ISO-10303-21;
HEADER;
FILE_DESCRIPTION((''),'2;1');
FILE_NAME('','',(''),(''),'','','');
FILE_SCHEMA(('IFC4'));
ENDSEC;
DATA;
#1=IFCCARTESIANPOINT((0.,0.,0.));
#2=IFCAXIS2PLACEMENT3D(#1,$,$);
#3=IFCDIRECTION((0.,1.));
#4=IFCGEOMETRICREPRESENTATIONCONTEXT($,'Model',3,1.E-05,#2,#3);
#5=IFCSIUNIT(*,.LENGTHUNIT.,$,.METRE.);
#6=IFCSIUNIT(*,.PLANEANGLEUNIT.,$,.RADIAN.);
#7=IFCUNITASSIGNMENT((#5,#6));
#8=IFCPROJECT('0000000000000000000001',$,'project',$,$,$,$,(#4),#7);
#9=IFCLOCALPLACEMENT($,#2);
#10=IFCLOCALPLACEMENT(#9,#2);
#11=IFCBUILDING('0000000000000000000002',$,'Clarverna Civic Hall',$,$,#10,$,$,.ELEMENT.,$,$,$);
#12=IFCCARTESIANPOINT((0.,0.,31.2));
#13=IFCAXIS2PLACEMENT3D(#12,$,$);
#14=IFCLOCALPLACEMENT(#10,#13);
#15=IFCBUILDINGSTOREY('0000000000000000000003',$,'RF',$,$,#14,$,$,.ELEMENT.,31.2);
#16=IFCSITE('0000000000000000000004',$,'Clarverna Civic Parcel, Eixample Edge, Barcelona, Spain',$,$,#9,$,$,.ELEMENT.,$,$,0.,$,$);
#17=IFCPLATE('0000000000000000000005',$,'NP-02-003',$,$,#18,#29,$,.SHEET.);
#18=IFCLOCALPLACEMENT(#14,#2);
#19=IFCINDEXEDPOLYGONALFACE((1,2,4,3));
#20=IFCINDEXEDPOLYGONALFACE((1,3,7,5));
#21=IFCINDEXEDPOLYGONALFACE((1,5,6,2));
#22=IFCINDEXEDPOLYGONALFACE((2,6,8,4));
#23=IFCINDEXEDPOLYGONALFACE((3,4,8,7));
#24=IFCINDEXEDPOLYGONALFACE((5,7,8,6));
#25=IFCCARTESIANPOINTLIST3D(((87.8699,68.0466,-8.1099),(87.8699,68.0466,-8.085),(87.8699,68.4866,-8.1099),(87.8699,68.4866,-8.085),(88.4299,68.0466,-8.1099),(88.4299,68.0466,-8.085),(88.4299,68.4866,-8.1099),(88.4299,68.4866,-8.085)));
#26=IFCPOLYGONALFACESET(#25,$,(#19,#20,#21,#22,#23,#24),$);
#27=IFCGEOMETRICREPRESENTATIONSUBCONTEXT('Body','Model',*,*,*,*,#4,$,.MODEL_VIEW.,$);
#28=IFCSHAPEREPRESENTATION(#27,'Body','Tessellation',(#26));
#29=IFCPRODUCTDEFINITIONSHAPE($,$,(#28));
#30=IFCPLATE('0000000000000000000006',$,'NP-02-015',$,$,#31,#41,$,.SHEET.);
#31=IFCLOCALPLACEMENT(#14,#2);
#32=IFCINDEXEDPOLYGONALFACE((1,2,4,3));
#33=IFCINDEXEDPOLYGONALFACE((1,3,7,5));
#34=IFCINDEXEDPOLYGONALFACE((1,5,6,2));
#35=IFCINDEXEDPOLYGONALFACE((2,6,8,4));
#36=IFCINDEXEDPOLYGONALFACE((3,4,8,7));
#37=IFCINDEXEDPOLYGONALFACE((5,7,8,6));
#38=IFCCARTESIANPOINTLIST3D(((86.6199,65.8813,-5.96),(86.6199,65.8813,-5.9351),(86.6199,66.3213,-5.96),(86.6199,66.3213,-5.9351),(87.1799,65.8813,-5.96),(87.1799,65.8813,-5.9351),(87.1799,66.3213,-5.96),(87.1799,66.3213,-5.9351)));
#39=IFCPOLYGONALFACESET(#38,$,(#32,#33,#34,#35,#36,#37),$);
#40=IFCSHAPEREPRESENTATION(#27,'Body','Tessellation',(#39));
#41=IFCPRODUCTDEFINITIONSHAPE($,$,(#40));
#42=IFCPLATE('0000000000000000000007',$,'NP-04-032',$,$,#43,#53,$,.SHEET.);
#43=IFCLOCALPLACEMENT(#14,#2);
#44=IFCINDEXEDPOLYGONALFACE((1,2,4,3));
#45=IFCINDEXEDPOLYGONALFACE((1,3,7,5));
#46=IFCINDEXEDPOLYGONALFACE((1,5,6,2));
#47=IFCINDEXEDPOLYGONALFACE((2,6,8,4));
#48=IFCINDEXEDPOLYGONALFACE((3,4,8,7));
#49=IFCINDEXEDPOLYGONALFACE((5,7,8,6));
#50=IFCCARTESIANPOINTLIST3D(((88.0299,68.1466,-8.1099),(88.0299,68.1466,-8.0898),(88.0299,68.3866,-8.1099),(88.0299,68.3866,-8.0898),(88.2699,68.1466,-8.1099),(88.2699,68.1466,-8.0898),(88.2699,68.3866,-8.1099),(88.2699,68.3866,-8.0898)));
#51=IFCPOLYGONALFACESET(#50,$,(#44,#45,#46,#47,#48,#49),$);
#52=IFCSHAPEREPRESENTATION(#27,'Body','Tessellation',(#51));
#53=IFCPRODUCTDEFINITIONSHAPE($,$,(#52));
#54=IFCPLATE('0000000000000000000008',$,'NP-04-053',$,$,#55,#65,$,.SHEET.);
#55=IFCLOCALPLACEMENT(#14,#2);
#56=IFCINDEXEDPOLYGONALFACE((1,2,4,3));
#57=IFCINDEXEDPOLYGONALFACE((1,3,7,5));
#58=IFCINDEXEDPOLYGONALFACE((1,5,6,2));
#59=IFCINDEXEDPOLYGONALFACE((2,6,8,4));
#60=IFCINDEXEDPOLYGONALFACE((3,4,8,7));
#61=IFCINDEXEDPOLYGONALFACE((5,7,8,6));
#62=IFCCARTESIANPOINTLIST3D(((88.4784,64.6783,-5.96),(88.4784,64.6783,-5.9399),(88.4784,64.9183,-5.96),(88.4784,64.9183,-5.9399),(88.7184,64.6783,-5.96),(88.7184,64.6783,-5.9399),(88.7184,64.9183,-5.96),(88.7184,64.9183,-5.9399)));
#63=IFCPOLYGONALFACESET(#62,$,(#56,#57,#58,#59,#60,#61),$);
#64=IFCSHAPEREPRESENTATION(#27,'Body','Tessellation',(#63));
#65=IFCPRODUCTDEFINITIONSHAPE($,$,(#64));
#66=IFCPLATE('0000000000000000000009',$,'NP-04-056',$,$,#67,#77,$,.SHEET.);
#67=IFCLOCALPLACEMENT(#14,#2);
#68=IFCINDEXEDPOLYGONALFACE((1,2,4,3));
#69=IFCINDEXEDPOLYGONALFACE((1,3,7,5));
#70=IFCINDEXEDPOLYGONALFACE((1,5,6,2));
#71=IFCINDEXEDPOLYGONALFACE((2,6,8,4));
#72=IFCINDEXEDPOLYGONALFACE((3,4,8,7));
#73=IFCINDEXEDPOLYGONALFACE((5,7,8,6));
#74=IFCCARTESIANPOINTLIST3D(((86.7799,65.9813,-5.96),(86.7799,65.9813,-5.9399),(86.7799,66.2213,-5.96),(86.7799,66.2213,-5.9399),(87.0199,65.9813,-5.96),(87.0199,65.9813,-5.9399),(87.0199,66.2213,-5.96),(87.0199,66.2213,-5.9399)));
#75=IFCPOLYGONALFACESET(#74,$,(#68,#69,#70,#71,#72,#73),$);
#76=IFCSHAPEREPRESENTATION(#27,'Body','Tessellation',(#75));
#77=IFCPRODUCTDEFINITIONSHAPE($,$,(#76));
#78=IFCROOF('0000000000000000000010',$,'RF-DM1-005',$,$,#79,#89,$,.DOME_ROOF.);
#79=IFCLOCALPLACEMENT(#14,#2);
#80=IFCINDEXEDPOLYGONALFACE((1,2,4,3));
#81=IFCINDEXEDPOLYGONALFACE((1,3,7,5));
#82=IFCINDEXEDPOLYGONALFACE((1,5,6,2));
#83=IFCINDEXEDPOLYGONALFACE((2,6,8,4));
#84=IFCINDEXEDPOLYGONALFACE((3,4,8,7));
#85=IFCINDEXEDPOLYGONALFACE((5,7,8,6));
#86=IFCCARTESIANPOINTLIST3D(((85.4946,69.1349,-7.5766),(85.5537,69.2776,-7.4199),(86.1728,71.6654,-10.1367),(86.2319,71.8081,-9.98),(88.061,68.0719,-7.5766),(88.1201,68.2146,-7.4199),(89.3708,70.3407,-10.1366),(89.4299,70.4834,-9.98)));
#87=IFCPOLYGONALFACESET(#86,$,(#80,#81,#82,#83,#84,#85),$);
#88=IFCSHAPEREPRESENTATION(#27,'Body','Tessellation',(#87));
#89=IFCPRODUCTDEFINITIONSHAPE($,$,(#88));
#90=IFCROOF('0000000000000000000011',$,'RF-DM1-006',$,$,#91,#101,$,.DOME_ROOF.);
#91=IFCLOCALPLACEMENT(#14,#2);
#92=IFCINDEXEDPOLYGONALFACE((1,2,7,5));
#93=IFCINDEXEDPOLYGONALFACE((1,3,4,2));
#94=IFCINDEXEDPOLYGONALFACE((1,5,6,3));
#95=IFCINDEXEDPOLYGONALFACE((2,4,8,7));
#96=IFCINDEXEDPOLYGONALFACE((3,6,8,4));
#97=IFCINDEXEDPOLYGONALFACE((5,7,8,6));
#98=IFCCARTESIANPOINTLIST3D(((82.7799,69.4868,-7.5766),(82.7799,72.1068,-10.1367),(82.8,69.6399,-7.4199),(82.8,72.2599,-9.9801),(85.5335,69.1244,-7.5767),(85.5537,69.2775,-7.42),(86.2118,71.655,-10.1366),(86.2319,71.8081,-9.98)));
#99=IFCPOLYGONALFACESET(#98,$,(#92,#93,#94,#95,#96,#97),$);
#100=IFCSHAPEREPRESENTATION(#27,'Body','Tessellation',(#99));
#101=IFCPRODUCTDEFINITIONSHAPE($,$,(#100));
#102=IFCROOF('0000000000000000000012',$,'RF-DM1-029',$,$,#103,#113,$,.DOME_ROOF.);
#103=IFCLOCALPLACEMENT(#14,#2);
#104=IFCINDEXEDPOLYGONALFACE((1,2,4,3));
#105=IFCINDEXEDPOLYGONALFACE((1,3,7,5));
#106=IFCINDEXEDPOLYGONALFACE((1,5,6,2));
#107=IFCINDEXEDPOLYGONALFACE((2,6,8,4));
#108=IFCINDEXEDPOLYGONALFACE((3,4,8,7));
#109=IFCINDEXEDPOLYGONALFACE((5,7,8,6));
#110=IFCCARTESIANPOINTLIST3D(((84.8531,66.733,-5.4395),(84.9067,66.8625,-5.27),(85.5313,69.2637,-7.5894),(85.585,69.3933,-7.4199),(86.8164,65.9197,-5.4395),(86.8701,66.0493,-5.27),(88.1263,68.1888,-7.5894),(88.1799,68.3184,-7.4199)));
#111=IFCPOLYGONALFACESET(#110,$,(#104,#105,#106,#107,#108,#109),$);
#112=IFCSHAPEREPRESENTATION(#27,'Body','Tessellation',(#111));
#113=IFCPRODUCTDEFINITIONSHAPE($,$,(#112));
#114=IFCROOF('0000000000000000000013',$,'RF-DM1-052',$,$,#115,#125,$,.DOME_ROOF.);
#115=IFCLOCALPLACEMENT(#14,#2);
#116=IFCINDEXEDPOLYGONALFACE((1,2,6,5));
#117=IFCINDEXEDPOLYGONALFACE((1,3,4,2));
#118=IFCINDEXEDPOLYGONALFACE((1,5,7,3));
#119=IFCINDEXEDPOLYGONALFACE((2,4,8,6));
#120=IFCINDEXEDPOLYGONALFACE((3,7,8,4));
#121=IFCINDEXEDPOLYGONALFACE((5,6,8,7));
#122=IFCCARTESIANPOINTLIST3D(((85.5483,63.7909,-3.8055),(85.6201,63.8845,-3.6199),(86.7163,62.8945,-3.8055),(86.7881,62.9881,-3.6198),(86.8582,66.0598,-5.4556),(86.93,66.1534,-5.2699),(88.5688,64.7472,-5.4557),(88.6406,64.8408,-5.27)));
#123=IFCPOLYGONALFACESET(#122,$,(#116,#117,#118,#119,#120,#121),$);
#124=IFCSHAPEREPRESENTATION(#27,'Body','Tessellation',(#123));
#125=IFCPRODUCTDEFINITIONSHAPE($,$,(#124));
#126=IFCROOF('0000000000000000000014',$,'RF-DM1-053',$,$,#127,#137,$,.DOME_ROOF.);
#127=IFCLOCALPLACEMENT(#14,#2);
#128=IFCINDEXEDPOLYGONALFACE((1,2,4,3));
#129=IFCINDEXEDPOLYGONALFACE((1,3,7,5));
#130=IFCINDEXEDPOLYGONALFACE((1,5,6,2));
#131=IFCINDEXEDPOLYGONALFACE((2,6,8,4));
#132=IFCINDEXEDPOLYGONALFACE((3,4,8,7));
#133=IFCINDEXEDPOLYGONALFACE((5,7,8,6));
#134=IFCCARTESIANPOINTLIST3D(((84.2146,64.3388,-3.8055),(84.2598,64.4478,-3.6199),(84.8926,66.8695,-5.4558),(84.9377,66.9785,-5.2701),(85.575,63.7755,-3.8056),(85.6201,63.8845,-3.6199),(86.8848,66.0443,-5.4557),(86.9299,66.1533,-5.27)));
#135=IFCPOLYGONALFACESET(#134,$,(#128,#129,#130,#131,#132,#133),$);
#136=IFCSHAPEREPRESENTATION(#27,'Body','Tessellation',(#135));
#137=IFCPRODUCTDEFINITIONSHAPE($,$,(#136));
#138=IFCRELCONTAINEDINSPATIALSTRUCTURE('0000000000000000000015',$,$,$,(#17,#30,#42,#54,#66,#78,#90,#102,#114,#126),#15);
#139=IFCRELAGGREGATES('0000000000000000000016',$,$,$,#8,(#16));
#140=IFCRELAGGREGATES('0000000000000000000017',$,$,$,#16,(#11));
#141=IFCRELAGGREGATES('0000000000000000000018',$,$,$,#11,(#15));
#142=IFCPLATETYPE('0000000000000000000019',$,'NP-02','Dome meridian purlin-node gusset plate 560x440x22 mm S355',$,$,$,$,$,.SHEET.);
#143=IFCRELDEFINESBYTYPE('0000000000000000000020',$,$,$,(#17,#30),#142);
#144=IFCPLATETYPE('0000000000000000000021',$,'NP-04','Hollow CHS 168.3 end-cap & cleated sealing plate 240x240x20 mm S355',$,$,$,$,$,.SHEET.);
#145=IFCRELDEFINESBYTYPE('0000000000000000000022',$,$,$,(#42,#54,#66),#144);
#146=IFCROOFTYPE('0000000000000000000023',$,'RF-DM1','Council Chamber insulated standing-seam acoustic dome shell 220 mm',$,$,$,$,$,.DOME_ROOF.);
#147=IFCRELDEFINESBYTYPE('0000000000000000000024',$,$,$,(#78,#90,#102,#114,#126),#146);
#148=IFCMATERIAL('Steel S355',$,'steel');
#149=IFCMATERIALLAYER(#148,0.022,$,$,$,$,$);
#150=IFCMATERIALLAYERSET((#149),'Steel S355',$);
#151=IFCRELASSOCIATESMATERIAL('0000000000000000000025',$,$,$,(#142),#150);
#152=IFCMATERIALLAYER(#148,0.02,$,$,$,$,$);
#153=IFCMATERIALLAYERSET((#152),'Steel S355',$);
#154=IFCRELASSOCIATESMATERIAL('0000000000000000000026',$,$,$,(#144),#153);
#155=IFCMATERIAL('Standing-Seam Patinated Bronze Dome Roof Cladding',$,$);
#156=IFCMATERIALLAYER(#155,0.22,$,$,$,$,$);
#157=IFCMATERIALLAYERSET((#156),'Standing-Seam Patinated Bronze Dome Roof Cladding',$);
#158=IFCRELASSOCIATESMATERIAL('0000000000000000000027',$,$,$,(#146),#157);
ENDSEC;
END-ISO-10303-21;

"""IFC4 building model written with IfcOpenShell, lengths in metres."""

from ifc_helpers import new_model, si_unit, direction, frame, origin, origin_2d, place, context, subcontext, project, spatial, polyline, rectangle, outline, extrude, material, layer, layer_set, type_object, element, save


model = new_model("IFC4")

# Units and contexts
model_context = context("Model", 3, precision=1e-05, world=origin(), true_north=direction((0.0, 1.0)))
body_context = subcontext(model_context, "Body", "Model", "MODEL_VIEW")
ifc_project = project(units=[si_unit("LENGTHUNIT", "METRE"), si_unit("PLANEANGLEUNIT", "RADIAN")], contexts=[model_context])

# Site, building, storey
site_placement = place(None, origin())
site = spatial("IfcSite", under=ifc_project, at=site_placement, Name="Clarverna Civic Parcel, Eixample Edge, Barcelona, Spain", CompositionType="ELEMENT", RefElevation=0.0)
building_placement = place(site_placement, origin())
building = spatial("IfcBuilding", under=site, at=building_placement, Name="Clarverna Civic Hall", CompositionType="ELEMENT")
storey_placement = place(building_placement, frame((0.0, 0.0, 31.2)))
storey = spatial("IfcBuildingStorey", under=building, at=storey_placement, Name="RF", CompositionType="ELEMENT", Elevation=31.2)

# Shared definitions
ifc_material_1 = material(Name="Steel S355", Category="steel")

# Plates
ifc_layer_1 = layer(ifc_material_1, 0.022)
ifc_layer_set_1 = layer_set([ifc_layer_1], Name="Steel S355")
plate_type_1 = type_object("IfcPlateType", Name="NP-02", Description="Dome meridian purlin-node gusset plate 560x440x22 mm S355", PredefinedType="SHEET", material=ifc_layer_set_1)
for number, where, z_axis, x_axis, name in (
    (1, (88.1499, 68.2666, -8.1099), (0.0, 0.0, 1.0), (1.0, 0.0, 0.0), "NP-02-003"),
    (2, (86.8999, 66.1013, -5.96), (0.0, 0.0, 1.0), (1.0, 0.0, 0.0), "NP-02-015"),
):
    element("IfcPlate", number, at=place(storey_placement, frame(where, z_axis=z_axis, x_axis=x_axis)), inside=storey, type_object=plate_type_1, Name=name, PredefinedType="SHEET", context=body_context, shape_type="SweptSolid", body=[
        extrude(rectangle(XDim=0.5601, YDim=0.4399, at=origin_2d()), origin(), (0.0, 0.0, 1.0), 0.0249),
    ])
ifc_layer_2 = layer(ifc_material_1, 0.02)
ifc_layer_set_2 = layer_set([ifc_layer_2], Name="Steel S355")
plate_type_2 = type_object("IfcPlateType", Name="NP-04", Description="Hollow CHS 168.3 end-cap & cleated sealing plate 240x240x20 mm S355", PredefinedType="SHEET", material=ifc_layer_set_2)
for number, where, z_axis, x_axis, name in (
    (3, (88.1499, 68.2666, -8.1099), (0.0, 0.0, 1.0), (1.0, 0.0, 0.0), "NP-04-032"),
    (4, (88.5984, 64.7983, -5.96), (0.0, 0.0, 1.0), (1.0, 0.0, 0.0), "NP-04-053"),
    (5, (86.8999, 66.1013, -5.96), (0.0, 0.0, 1.0), (1.0, 0.0, 0.0), "NP-04-056"),
):
    element("IfcPlate", number, at=place(storey_placement, frame(where, z_axis=z_axis, x_axis=x_axis)), inside=storey, type_object=plate_type_2, Name=name, PredefinedType="SHEET", context=body_context, shape_type="SweptSolid", body=[
        extrude(rectangle(XDim=0.24, YDim=0.24, at=origin_2d()), origin(), (0.0, 0.0, 1.0), 0.02),
    ])

# Roofs
ifc_material_2 = material(Name="Standing-Seam Patinated Bronze Dome Roof Cladding")
ifc_layer_3 = layer(ifc_material_2, 0.22)
ifc_layer_set_3 = layer_set([ifc_layer_3], Name="Standing-Seam Patinated Bronze Dome Roof Cladding")
roof_type = type_object("IfcRoofType", Name="RF-DM1", Description="Council Chamber insulated standing-seam acoustic dome shell 220 mm", PredefinedType="DOME_ROOF", material=ifc_layer_set_3)
roof_1_placement = place(storey_placement, frame((89.4299, 70.4834, -9.98), z_axis=(0.268632, 0.648536, 0.712206), x_axis=(-0.923877, 0.38269, -0.000007)))
element("IfcRoof", 6, at=roof_1_placement, inside=storey, type_object=roof_type, Name="RF-DM1-005", PredefinedType="DOME_ROOF", context=body_context, shape_type="SweptSolid", body=[
    extrude(outline(polyline([(0.0, 0.0), (3.4615, 0.0), (3.1197, 3.647), (0.3418, 3.6469), (0.0, 0.0)])), origin(), (0.0, 0.0, -1.0), 0.22),
])
roof_2_placement = place(storey_placement, frame((86.2319, 71.8081, -9.98), z_axis=(0.091608, 0.695945, 0.712228), x_axis=(-0.991445, 0.130529, -0.000023)))
element("IfcRoof", 7, at=roof_2_placement, inside=storey, type_object=roof_type, Name="RF-DM1-006", PredefinedType="DOME_ROOF", context=body_context, shape_type="SweptSolid", body=[
    extrude(outline(polyline([(0.0, 0.0), (3.4615, 0.0), (3.1195, 3.6472), (0.3421, 3.647), (0.0, 0.0)])), origin(), (0.0, 0.0, -1.0), 0.22),
])
roof_3_placement = place(storey_placement, frame((88.1799, 68.3184, -7.4199), z_axis=(0.244003, 0.589058, 0.770372), x_axis=(-0.923872, 0.382701, -0.000008)))
element("IfcRoof", 8, at=roof_3_placement, inside=storey, type_object=roof_type, Name="RF-DM1-029", PredefinedType="DOME_ROOF", context=body_context, shape_type="SweptSolid", body=[
    extrude(outline(polyline([(0.0, 0.0), (2.8088, 0.0), (2.4669, 3.3719), (0.3417, 3.3719), (0.0, 0.0)])), origin(), (0.0, 0.0, -1.0), 0.22),
])
roof_4_placement = place(storey_placement, frame((88.6406, 64.8408, -5.27), z_axis=(0.326444, 0.425409, 0.844074), x_axis=(-0.793375, 0.608733, 0.000038)))
element("IfcRoof", 9, at=roof_4_placement, inside=storey, type_object=roof_type, Name="RF-DM1-052", PredefinedType="DOME_ROOF", context=body_context, shape_type="SweptSolid", body=[
    extrude(outline(polyline([(0.0, 0.0), (2.1562, 0.0), (1.8143, 3.0772), (0.342, 3.0775), (0.0, 0.0)])), origin(), (0.0, 0.0, -1.0), 0.22),
])
roof_5_placement = place(storey_placement, frame((86.9299, 66.1533, -5.27), z_axis=(0.205177, 0.495427, 0.84407), x_axis=(-0.923886, 0.382668, -0.000028)))
element("IfcRoof", 10, at=roof_5_placement, inside=storey, type_object=roof_type, Name="RF-DM1-053", PredefinedType="DOME_ROOF", context=body_context, shape_type="SweptSolid", body=[
    extrude(outline(polyline([(0.0, 0.0), (2.1563, 0.0), (1.8142, 3.0774), (0.3419, 3.0772), (0.0, 0.0)])), origin(), (0.0, 0.0, -1.0), 0.22),
])

save(model, "model.ifc")
